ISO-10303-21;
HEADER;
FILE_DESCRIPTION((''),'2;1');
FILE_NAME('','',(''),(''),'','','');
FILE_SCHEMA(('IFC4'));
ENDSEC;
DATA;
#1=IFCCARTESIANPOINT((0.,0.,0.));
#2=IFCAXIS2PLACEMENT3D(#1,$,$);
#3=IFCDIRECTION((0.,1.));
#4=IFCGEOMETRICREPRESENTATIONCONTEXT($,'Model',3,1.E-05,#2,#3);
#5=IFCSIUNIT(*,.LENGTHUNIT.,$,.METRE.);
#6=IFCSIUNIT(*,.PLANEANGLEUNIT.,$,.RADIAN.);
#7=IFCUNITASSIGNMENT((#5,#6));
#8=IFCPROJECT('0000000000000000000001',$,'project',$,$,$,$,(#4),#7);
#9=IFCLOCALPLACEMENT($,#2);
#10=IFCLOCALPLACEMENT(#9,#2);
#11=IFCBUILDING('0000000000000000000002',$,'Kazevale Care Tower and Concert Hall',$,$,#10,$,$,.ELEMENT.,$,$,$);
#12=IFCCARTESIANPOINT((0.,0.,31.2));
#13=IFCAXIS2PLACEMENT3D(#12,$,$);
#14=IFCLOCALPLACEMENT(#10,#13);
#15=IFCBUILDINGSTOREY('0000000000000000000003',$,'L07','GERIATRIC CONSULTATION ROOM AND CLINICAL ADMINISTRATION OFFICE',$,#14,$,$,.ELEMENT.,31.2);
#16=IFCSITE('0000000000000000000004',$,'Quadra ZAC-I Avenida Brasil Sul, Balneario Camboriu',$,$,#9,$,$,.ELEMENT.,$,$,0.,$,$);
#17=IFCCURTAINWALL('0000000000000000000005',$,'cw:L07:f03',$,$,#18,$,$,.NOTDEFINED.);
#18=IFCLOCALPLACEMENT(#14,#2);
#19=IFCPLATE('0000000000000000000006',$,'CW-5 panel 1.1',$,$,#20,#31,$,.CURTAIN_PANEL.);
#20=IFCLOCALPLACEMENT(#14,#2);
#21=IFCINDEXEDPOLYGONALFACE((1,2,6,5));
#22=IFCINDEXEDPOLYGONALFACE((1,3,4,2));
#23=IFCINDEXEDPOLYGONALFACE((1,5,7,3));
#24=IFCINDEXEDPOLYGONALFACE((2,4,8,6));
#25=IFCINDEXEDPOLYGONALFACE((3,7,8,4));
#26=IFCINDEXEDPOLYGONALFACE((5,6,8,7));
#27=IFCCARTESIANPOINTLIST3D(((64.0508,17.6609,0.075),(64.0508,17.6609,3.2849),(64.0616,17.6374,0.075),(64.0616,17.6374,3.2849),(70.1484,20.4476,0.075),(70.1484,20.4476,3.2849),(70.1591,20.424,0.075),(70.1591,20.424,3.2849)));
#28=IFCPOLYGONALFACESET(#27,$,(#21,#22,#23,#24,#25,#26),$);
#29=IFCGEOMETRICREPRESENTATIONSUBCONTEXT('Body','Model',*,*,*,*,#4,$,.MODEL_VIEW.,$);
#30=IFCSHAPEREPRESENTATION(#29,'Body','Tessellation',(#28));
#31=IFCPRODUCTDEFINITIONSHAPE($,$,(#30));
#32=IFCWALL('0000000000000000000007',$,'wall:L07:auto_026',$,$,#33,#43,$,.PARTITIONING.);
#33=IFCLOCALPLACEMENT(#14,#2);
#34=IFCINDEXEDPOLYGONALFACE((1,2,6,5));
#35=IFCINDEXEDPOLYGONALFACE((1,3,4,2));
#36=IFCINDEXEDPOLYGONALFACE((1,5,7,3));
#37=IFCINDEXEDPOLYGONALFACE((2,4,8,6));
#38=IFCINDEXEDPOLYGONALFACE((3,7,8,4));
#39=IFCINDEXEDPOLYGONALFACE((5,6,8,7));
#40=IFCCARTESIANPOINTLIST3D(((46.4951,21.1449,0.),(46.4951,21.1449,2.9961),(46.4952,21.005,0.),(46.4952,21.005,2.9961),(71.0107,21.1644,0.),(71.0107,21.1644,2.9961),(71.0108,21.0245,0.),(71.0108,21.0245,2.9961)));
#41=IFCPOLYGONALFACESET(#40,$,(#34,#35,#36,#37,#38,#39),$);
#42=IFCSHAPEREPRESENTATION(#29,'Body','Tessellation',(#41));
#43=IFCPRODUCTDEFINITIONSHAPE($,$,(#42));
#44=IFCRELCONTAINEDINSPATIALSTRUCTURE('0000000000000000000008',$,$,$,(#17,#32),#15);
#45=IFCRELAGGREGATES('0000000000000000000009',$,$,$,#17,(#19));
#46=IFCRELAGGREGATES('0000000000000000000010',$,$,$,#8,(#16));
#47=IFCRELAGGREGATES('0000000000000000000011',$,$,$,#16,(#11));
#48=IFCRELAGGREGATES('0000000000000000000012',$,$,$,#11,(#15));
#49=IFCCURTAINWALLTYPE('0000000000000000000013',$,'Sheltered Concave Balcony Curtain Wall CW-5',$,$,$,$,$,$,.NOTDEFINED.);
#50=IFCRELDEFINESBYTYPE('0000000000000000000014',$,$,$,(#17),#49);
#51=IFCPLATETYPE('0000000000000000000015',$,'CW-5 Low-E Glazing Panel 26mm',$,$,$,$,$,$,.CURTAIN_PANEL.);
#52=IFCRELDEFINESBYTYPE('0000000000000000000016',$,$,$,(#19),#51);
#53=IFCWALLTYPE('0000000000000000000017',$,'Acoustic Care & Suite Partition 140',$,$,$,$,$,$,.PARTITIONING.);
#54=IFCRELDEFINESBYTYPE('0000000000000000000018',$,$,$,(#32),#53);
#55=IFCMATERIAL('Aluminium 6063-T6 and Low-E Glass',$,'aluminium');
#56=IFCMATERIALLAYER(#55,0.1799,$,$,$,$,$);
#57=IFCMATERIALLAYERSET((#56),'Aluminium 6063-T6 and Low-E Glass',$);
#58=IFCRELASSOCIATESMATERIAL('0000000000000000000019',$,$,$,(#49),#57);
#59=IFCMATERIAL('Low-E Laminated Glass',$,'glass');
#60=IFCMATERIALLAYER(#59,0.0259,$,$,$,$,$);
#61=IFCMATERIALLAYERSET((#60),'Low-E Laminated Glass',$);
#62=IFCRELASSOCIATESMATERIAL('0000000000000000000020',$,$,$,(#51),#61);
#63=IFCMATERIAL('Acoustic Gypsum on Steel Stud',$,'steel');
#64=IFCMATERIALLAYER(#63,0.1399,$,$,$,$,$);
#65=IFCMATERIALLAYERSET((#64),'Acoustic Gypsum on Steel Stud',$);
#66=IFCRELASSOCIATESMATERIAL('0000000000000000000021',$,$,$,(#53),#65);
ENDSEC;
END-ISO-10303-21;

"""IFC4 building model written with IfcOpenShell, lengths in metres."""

from ifc_helpers import new_model, si_unit, direction, frame, frame_2d, origin, origin_2d, place, context, subcontext, project, spatial, rectangle, extrude, material, layer, layer_set, type_object, element, aggregate, save


model = new_model("IFC4")

# Units and contexts
model_context = context("Model", 3, precision=1e-05, world=origin(), true_north=direction((0.0, 1.0)))
body_context = subcontext(model_context, "Body", "Model", "MODEL_VIEW")
ifc_project = project(units=[si_unit("LENGTHUNIT", "METRE"), si_unit("PLANEANGLEUNIT", "RADIAN")], contexts=[model_context])

# Site, building, storey
site_placement = place(None, origin())
site = spatial("IfcSite", under=ifc_project, at=site_placement, Name="Quadra ZAC-I Avenida Brasil Sul, Balneario Camboriu", CompositionType="ELEMENT", RefElevation=0.0)
building_placement = place(site_placement, origin())
building = spatial("IfcBuilding", under=site, at=building_placement, Name="Kazevale Care Tower and Concert Hall", CompositionType="ELEMENT")
storey_placement = place(building_placement, frame((0.0, 0.0, 31.2)))
storey = spatial("IfcBuildingStorey", under=building, at=storey_placement, Name="L07", Description="GERIATRIC CONSULTATION ROOM AND CLINICAL ADMINISTRATION OFFICE", CompositionType="ELEMENT", Elevation=31.2)

# Shared definitions
ifc_material_1 = material(Name="Aluminium 6063-T6 and Low-E Glass", Category="aluminium")

# Curtain wall
ifc_layer_1 = layer(ifc_material_1, 0.1799)
ifc_layer_set_1 = layer_set([ifc_layer_1], Name="Aluminium 6063-T6 and Low-E Glass")
curtain_wall_type_1 = type_object("IfcCurtainWallType", Name="Sheltered Concave Balcony Curtain Wall CW-5", PredefinedType="NOTDEFINED", material=ifc_layer_set_1)
curtain_wall_1_placement = place(storey_placement, origin())
curtain_wall_1 = element("IfcCurtainWall", 1, at=curtain_wall_1_placement, inside=storey, type_object=curtain_wall_type_1, Name="cw:L07:f03", PredefinedType="NOTDEFINED")

# Plate
ifc_material_2 = material(Name="Low-E Laminated Glass", Category="glass")
ifc_layer_2 = layer(ifc_material_2, 0.0259)
ifc_layer_set_2 = layer_set([ifc_layer_2], Name="Low-E Laminated Glass")
plate_type = type_object("IfcPlateType", Name="CW-5 Low-E Glazing Panel 26mm", PredefinedType="CURTAIN_PANEL", material=ifc_layer_set_2)
plate_1_placement = place(storey_placement, frame((67.105, 19.0425, 0.075), z_axis=(0.0, 0.0, 1.0), x_axis=(-0.90952, -0.41566, 0.0)))
plate_1 = element("IfcPlate", 2, at=plate_1_placement, type_object=plate_type, Name="CW-5 panel 1.1", PredefinedType="CURTAIN_PANEL", context=body_context, shape_type="SweptSolid", body=[
    extrude(rectangle(XDim=6.7041, YDim=0.0259, at=origin_2d()), origin(), (0.0, 0.0, 1.0), 3.21),
])
aggregate(curtain_wall_1, [plate_1])

# Wall
ifc_material_3 = material(Name="Acoustic Gypsum on Steel Stud", Category="steel")
ifc_layer_3 = layer(ifc_material_3, 0.1399)
ifc_layer_set_3 = layer_set([ifc_layer_3], Name="Acoustic Gypsum on Steel Stud")
wall_type = type_object("IfcWallType", Name="Acoustic Care & Suite Partition 140", PredefinedType="PARTITIONING", material=ifc_layer_set_3)
wall_placement = place(storey_placement, frame((71.0107, 21.0945, 0.0), z_axis=(0.0, 0.0, 1.0), x_axis=(-1.0, -0.000797, 0.0)))
element("IfcWall", 3, at=wall_placement, inside=storey, type_object=wall_type, Name="wall:L07:auto_026", PredefinedType="PARTITIONING", context=body_context, shape_type="SweptSolid", body=[
    extrude(rectangle(XDim=24.5156, YDim=0.1399, at=frame_2d((12.2578, 0.0))), origin(), (0.0, 0.0, 1.0), 2.9961),
])

save(model, "model.ifc")
